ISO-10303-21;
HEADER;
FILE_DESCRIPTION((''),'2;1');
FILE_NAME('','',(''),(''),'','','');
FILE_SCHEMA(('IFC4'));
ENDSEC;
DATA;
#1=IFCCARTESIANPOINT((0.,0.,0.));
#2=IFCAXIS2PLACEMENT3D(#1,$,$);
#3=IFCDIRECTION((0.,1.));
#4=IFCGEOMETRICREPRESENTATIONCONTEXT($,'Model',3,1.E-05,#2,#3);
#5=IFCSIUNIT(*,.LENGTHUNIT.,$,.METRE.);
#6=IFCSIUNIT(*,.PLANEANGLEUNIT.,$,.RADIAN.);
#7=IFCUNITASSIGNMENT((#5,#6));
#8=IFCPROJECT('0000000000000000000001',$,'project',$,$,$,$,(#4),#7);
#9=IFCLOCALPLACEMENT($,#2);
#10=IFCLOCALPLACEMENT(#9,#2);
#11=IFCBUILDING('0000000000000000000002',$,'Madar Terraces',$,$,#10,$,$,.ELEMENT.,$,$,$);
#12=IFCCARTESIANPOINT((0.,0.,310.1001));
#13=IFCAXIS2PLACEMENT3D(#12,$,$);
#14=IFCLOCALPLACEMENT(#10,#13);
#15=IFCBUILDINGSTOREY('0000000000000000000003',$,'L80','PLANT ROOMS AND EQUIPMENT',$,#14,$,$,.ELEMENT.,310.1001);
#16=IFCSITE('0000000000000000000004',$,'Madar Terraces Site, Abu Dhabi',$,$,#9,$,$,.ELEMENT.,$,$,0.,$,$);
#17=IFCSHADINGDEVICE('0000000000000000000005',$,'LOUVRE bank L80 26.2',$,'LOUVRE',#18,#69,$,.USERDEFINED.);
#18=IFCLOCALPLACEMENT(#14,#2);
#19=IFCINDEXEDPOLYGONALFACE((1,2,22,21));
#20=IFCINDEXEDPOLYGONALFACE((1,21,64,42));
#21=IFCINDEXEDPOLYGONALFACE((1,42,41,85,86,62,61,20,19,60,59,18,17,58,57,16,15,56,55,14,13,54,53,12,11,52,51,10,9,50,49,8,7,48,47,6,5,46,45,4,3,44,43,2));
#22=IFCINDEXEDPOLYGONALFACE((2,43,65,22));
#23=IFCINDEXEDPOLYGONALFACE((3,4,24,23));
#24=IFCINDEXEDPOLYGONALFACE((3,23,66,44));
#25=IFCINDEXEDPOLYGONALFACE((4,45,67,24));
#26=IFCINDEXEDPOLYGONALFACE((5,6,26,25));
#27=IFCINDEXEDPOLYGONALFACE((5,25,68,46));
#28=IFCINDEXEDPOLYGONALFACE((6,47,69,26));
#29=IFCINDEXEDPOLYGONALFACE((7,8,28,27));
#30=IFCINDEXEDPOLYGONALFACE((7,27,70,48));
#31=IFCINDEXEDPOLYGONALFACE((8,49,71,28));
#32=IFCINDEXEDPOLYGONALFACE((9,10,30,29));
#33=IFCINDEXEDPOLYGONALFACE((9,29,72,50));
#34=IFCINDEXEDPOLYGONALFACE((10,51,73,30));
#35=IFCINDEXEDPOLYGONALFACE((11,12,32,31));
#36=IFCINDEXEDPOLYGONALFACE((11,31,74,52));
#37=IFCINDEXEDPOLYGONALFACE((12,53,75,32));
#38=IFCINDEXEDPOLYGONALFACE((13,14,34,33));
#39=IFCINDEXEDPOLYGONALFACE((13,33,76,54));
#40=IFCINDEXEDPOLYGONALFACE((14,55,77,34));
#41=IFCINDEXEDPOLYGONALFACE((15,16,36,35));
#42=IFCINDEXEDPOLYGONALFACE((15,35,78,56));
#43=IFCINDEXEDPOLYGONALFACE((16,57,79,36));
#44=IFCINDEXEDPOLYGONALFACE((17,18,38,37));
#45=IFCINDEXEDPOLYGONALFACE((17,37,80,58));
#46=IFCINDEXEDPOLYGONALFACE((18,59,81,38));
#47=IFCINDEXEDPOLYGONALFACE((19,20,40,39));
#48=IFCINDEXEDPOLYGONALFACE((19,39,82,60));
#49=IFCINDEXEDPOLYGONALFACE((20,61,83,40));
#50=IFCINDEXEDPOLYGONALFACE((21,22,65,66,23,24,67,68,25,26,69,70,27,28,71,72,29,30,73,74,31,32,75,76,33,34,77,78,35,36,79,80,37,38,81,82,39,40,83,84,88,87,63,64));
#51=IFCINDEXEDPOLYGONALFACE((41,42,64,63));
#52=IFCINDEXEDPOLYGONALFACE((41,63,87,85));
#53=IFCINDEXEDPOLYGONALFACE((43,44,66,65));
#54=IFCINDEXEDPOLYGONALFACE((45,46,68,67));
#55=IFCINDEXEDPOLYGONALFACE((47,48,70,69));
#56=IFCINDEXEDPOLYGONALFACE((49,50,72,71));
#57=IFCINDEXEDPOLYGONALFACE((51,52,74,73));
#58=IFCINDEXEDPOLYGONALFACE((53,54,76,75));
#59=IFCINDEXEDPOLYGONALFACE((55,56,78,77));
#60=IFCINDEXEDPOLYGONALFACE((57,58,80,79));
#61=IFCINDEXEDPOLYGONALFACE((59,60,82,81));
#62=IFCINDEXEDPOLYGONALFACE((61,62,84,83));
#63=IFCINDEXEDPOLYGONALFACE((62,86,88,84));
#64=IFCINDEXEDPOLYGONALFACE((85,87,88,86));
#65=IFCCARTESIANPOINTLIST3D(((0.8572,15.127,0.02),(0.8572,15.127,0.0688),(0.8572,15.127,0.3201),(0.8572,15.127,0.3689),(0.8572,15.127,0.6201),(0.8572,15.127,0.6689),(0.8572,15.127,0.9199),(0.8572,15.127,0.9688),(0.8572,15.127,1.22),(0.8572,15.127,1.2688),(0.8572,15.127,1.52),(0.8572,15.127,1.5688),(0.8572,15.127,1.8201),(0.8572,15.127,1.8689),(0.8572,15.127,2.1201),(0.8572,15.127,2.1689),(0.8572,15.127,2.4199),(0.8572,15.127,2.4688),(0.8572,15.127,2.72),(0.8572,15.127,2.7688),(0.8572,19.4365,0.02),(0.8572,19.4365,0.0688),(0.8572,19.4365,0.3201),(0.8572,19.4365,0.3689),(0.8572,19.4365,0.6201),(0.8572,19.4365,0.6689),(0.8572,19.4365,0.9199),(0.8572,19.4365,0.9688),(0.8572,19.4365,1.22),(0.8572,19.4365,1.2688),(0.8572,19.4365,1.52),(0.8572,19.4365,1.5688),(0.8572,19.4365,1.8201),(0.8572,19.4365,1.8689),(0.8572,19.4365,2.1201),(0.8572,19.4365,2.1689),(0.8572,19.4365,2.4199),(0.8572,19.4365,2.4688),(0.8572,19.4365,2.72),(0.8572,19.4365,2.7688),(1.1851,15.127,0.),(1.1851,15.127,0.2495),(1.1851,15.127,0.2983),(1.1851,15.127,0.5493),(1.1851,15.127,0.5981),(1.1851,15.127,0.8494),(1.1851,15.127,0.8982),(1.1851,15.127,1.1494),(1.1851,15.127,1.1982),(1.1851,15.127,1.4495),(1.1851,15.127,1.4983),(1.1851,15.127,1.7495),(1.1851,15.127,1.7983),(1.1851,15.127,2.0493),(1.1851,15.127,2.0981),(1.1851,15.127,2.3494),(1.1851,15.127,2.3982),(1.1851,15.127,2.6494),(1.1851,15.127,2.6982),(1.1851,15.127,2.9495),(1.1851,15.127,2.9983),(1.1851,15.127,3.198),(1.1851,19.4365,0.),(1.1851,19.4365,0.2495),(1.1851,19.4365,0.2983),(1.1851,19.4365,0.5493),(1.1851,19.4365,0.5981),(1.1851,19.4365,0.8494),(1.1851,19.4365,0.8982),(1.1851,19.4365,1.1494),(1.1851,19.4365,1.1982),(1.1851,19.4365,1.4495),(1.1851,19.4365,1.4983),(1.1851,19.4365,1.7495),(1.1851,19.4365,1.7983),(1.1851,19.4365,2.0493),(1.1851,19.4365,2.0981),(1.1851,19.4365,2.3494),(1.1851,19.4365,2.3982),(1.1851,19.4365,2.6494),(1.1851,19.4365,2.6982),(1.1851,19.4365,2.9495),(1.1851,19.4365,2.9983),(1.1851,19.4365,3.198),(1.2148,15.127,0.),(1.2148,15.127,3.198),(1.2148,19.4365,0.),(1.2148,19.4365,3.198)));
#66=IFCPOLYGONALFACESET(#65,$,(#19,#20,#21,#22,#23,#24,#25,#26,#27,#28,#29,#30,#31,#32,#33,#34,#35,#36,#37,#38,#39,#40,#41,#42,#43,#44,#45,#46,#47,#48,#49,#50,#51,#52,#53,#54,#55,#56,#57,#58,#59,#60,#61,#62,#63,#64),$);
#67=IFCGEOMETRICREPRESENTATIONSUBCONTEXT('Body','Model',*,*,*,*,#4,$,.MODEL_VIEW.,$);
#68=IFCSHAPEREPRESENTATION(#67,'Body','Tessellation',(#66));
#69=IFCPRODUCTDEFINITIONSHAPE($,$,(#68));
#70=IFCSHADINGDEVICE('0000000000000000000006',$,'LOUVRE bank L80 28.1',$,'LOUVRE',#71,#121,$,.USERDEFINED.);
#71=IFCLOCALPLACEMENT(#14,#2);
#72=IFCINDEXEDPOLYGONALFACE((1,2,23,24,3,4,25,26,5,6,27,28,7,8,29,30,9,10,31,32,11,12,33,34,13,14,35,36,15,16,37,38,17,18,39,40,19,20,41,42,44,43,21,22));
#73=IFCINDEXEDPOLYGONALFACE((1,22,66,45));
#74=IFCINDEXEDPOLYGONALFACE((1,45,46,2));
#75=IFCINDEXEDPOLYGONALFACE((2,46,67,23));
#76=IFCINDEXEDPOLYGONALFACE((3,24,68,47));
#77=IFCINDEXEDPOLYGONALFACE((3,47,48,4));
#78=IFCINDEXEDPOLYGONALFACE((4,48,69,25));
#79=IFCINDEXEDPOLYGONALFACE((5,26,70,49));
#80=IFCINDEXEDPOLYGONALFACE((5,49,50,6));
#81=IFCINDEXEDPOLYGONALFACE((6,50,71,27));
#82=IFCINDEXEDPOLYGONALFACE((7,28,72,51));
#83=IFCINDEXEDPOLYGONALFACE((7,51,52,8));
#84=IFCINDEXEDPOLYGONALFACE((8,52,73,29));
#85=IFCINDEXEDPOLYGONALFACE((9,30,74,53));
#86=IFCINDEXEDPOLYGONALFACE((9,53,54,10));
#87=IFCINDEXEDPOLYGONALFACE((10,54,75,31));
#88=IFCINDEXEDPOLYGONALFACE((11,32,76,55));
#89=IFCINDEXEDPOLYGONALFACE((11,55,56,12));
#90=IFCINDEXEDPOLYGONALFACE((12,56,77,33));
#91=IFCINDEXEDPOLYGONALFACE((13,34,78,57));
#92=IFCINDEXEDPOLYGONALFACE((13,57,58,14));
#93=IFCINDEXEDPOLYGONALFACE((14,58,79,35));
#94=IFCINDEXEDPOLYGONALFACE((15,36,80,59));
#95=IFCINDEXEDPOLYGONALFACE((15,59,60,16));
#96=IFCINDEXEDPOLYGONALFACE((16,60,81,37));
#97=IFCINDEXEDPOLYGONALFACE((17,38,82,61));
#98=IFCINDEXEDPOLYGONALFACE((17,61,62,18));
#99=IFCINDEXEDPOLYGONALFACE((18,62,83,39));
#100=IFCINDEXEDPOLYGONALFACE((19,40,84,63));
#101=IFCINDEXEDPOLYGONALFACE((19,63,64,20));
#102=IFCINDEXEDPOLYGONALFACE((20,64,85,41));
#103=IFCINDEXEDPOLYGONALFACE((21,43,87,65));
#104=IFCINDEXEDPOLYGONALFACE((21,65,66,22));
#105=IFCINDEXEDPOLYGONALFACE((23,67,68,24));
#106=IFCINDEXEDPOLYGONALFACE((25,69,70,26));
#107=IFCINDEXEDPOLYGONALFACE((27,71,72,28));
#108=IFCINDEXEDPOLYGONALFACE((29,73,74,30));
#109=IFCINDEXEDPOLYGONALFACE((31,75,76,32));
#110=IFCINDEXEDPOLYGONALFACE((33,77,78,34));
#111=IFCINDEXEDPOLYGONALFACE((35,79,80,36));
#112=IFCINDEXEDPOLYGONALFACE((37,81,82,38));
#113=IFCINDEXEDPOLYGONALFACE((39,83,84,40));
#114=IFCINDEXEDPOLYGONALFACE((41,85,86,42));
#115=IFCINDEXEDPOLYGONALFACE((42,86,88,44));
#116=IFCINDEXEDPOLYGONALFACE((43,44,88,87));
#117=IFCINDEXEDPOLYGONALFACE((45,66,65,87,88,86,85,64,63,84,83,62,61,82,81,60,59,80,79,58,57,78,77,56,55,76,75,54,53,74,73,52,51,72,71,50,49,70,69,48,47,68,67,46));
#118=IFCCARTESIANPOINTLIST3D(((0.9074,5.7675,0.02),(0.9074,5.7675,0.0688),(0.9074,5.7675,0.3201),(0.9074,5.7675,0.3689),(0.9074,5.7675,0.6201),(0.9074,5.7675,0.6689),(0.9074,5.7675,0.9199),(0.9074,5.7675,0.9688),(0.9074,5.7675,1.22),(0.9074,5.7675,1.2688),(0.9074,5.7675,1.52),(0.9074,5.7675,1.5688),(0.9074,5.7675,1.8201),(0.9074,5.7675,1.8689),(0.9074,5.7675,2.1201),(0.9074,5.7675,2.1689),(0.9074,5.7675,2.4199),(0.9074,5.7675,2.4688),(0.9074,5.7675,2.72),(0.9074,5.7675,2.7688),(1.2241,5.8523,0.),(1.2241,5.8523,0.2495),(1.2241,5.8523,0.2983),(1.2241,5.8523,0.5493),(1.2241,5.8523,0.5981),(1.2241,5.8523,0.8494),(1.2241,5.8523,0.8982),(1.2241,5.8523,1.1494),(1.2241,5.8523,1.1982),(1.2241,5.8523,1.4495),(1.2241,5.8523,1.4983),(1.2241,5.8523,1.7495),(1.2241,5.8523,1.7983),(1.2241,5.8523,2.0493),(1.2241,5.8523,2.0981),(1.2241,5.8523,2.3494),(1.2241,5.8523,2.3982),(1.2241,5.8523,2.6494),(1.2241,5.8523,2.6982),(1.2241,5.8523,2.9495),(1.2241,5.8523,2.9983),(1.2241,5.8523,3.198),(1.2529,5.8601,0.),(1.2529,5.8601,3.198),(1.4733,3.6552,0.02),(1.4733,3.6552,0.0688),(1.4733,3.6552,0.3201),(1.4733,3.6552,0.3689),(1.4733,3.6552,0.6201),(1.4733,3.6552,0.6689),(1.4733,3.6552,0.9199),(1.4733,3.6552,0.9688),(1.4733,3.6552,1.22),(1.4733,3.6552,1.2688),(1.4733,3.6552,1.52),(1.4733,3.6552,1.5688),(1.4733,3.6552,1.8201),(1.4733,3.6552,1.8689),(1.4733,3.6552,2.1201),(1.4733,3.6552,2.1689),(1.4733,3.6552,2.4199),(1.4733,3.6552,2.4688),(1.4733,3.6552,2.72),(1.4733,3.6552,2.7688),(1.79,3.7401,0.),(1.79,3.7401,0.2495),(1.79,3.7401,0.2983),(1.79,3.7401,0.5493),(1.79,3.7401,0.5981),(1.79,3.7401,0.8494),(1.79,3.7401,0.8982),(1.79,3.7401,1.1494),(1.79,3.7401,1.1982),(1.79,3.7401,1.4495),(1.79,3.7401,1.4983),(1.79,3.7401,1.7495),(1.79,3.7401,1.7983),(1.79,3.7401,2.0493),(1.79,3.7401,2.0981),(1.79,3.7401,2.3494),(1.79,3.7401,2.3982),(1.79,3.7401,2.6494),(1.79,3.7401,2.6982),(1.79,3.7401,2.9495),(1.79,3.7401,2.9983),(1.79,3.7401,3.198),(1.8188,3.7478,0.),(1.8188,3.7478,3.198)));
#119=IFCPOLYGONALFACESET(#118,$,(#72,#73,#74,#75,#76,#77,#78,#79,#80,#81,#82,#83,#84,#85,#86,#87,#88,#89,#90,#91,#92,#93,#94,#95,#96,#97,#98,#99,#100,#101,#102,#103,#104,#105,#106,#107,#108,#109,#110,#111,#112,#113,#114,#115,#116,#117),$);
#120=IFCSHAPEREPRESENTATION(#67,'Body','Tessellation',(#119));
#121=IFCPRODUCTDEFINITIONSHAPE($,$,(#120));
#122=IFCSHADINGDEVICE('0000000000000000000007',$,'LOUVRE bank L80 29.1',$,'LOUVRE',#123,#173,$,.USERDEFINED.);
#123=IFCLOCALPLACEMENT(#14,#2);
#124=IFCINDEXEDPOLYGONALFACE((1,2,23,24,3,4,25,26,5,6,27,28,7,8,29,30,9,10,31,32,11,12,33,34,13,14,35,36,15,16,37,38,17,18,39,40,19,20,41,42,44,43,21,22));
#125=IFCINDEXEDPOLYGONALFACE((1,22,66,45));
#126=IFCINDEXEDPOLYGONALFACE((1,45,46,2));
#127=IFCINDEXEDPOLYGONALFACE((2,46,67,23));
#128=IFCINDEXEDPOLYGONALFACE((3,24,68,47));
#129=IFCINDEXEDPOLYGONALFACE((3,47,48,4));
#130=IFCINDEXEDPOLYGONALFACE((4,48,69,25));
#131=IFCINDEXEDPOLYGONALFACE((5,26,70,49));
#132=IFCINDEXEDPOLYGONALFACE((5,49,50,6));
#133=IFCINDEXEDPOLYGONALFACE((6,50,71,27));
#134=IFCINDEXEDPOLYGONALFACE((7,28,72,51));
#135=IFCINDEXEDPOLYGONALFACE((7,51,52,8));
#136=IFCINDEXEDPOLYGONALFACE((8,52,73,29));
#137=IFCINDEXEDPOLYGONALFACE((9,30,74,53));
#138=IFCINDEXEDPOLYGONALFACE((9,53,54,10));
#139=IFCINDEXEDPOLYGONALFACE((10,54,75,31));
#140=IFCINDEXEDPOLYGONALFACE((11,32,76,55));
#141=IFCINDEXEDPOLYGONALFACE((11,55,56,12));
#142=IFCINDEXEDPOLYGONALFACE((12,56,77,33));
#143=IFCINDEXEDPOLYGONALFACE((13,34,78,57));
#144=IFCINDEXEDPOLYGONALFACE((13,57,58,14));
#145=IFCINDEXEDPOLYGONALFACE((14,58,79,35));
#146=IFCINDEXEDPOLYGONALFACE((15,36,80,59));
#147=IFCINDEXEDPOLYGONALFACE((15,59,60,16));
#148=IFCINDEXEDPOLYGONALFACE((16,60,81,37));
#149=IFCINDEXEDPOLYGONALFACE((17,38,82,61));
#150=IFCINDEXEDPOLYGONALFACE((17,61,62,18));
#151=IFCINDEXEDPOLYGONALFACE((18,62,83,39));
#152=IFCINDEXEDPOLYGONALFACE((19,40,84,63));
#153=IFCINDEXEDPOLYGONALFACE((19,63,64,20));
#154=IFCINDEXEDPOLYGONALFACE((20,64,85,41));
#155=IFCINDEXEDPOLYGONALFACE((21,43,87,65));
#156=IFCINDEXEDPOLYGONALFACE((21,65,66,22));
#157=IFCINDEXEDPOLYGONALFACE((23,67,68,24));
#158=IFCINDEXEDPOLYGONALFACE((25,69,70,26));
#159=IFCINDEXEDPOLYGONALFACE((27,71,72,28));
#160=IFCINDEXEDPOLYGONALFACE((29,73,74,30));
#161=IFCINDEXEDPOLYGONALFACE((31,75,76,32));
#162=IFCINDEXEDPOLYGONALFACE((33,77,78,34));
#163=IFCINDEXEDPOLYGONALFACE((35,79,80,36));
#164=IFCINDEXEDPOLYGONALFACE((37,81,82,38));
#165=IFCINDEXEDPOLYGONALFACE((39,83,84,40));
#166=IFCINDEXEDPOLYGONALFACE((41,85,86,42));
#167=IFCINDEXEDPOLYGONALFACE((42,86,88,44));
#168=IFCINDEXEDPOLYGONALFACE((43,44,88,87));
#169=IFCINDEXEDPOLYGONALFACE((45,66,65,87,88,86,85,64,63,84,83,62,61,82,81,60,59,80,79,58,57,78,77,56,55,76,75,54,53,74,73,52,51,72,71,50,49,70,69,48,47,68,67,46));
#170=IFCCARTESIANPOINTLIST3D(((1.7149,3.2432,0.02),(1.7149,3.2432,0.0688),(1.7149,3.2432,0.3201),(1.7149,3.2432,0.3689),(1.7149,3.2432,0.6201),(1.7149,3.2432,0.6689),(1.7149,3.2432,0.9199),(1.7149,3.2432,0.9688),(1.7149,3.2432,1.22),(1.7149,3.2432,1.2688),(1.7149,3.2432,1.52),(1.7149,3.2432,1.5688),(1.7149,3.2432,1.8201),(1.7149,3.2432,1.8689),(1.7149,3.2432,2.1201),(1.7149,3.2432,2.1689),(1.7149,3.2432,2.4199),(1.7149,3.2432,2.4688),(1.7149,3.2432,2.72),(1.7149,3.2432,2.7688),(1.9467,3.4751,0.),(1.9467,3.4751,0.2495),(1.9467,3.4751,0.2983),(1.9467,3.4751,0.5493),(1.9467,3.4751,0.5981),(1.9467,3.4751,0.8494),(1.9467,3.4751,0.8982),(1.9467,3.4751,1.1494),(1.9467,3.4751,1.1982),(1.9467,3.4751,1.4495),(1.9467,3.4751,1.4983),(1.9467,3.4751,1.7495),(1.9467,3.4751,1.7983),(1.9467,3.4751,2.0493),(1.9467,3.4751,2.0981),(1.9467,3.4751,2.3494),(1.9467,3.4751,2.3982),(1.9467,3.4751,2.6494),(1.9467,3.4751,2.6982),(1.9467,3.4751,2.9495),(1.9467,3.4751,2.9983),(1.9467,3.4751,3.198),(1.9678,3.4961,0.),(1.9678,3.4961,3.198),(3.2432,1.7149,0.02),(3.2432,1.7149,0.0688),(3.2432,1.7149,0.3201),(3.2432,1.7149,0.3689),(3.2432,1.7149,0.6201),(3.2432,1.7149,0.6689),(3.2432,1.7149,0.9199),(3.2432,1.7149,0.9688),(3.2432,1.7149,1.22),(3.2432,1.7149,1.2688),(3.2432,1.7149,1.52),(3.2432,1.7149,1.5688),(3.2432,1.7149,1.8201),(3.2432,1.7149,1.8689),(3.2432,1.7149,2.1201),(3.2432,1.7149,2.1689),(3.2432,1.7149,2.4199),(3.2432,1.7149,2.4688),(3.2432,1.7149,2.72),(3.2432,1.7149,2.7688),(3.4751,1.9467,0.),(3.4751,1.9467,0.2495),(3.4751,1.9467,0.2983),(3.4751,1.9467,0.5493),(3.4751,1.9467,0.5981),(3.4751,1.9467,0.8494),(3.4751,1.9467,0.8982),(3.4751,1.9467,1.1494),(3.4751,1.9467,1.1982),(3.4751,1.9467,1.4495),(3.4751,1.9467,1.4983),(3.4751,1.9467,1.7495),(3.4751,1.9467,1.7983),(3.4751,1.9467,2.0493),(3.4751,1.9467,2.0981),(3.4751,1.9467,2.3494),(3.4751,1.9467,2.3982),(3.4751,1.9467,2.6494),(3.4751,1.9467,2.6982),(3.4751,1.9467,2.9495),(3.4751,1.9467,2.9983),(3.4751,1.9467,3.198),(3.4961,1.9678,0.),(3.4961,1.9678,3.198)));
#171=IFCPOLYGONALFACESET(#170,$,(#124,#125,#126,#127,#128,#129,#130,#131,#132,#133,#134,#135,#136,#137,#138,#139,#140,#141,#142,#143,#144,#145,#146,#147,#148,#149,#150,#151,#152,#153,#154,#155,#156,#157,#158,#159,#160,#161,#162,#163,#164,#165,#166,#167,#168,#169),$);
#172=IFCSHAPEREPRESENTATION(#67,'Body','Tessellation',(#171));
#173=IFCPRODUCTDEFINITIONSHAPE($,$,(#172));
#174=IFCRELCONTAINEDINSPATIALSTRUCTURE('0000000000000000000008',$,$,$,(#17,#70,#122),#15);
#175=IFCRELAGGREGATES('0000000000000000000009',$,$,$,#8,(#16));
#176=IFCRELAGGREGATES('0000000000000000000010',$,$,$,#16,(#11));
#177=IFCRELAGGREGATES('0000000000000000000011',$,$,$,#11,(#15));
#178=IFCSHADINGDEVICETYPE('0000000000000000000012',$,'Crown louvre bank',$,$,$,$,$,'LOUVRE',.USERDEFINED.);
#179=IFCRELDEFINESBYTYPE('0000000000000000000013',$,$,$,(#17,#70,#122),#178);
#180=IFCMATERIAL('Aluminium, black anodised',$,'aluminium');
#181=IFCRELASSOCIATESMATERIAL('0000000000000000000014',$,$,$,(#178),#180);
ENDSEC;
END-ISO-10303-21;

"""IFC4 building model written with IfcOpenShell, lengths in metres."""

from ifc_helpers import new_model, si_unit, direction, frame, origin, place, context, subcontext, project, spatial, polyline, outline, extrude, material, type_object, element, save


model = new_model("IFC4")

# Units and contexts
model_context = context("Model", 3, precision=1e-05, world=origin(), true_north=direction((0.0, 1.0)))
body_context = subcontext(model_context, "Body", "Model", "MODEL_VIEW")
ifc_project = project(units=[si_unit("LENGTHUNIT", "METRE"), si_unit("PLANEANGLEUNIT", "RADIAN")], contexts=[model_context])

# Site, building, storey
site_placement = place(None, origin())
site = spatial("IfcSite", under=ifc_project, at=site_placement, Name="Madar Terraces Site, Abu Dhabi", CompositionType="ELEMENT", RefElevation=0.0)
building_placement = place(site_placement, origin())
building = spatial("IfcBuilding", under=site, at=building_placement, Name="Madar Terraces", CompositionType="ELEMENT")
storey_placement = place(building_placement, frame((0.0, 0.0, 310.1001)))
storey = spatial("IfcBuildingStorey", under=building, at=storey_placement, Name="L80", Description="PLANT ROOMS AND EQUIPMENT", CompositionType="ELEMENT", Elevation=310.1001)

# Shading devices
ifc_material_1 = material(Name="Aluminium, black anodised", Category="aluminium")
shading_device_type = type_object("IfcShadingDeviceType", Name="Crown louvre bank", ElementType="LOUVRE", PredefinedType="USERDEFINED", material=ifc_material_1)
shading_device_1_placement = place(storey_placement, frame((1.2, 19.4365, 0.0), z_axis=(0.0, -1.0, 0.0), x_axis=(1.0, 0.0, 0.0)))
element("IfcShadingDevice", 1, at=shading_device_1_placement, inside=storey, type_object=shading_device_type, Name="LOUVRE bank L80 26.2", ObjectType="LOUVRE", PredefinedType="USERDEFINED", context=body_context, shape_type="SweptSolid", body=[
    extrude(outline(polyline([(0.0149, 0.0), (-0.0149, 0.0), (-0.0149, 0.2495), (-0.3428, 0.02), (-0.3428, 0.0688), (-0.0149, 0.2983), (-0.0149, 0.5493), (-0.3428, 0.3201), (-0.3428, 0.3689), (-0.0149, 0.5981), (-0.0149, 0.8494), (-0.3428, 0.6201), (-0.3428, 0.6689), (-0.0149, 0.8982), (-0.0149, 1.1494), (-0.3428, 0.9199), (-0.3428, 0.9688), (-0.0149, 1.1982), (-0.0149, 1.4495), (-0.3428, 1.22), (-0.3428, 1.2688), (-0.0149, 1.4983), (-0.0149, 1.7495), (-0.3428, 1.52), (-0.3428, 1.5688), (-0.0149, 1.7983), (-0.0149, 2.0493), (-0.3428, 1.8201), (-0.3428, 1.8689), (-0.0149, 2.0981), (-0.0149, 2.3494), (-0.3428, 2.1201), (-0.3428, 2.1689), (-0.0149, 2.3982), (-0.0149, 2.6494), (-0.3428, 2.4199), (-0.3428, 2.4688), (-0.0149, 2.6982), (-0.0149, 2.9495), (-0.3428, 2.72), (-0.3428, 2.7688), (-0.0149, 2.9983), (-0.0149, 3.198), (0.0149, 3.198), (0.0149, 0.0)])), origin(), (0.0, 0.0, 1.0), 4.3096),
])
shading_device_2_placement = place(storey_placement, frame((1.2385, 5.8562, 0.0), z_axis=(0.258788, -0.965934, 0.0), x_axis=(0.965934, 0.258788, 0.0)))
element("IfcShadingDevice", 2, at=shading_device_2_placement, inside=storey, type_object=shading_device_type, Name="LOUVRE bank L80 28.1", ObjectType="LOUVRE", PredefinedType="USERDEFINED", context=body_context, shape_type="SweptSolid", body=[
    extrude(outline(polyline([(0.0149, 0.0), (-0.0149, 0.0), (-0.0149, 0.2495), (-0.3428, 0.02), (-0.3428, 0.0688), (-0.0149, 0.2983), (-0.0149, 0.5493), (-0.3428, 0.3201), (-0.3428, 0.3689), (-0.0149, 0.5981), (-0.0149, 0.8494), (-0.3428, 0.6201), (-0.3428, 0.6689), (-0.0149, 0.8982), (-0.0149, 1.1494), (-0.3428, 0.9199), (-0.3428, 0.9688), (-0.0149, 1.1982), (-0.0149, 1.4495), (-0.3428, 1.22), (-0.3428, 1.2688), (-0.0149, 1.4983), (-0.0149, 1.7495), (-0.3428, 1.52), (-0.3428, 1.5688), (-0.0149, 1.7983), (-0.0149, 2.0493), (-0.3428, 1.8201), (-0.3428, 1.8689), (-0.0149, 2.0981), (-0.0149, 2.3494), (-0.3428, 2.1201), (-0.3428, 2.1689), (-0.0149, 2.3982), (-0.0149, 2.6494), (-0.3428, 2.4199), (-0.3428, 2.4688), (-0.0149, 2.6982), (-0.0149, 2.9495), (-0.3428, 2.72), (-0.3428, 2.7688), (-0.0149, 2.9983), (-0.0149, 3.198), (0.0149, 3.198), (0.0149, 0.0)])), origin(), (0.0, 0.0, 1.0), 2.1868),
])
shading_device_3_placement = place(storey_placement, frame((1.9573, 3.4856, 0.0), z_axis=(0.707107, -0.707107, 0.0), x_axis=(0.707107, 0.707107, 0.0)))
element("IfcShadingDevice", 3, at=shading_device_3_placement, inside=storey, type_object=shading_device_type, Name="LOUVRE bank L80 29.1", ObjectType="LOUVRE", PredefinedType="USERDEFINED", context=body_context, shape_type="SweptSolid", body=[
    extrude(outline(polyline([(0.0149, 0.0), (-0.0149, 0.0), (-0.0149, 0.2495), (-0.3428, 0.02), (-0.3428, 0.0688), (-0.0149, 0.2983), (-0.0149, 0.5493), (-0.3428, 0.3201), (-0.3428, 0.3689), (-0.0149, 0.5981), (-0.0149, 0.8494), (-0.3428, 0.6201), (-0.3428, 0.6689), (-0.0149, 0.8982), (-0.0149, 1.1494), (-0.3428, 0.9199), (-0.3428, 0.9688), (-0.0149, 1.1982), (-0.0149, 1.4495), (-0.3428, 1.22), (-0.3428, 1.2688), (-0.0149, 1.4983), (-0.0149, 1.7495), (-0.3428, 1.52), (-0.3428, 1.5688), (-0.0149, 1.7983), (-0.0149, 2.0493), (-0.3428, 1.8201), (-0.3428, 1.8689), (-0.0149, 2.0981), (-0.0149, 2.3494), (-0.3428, 2.1201), (-0.3428, 2.1689), (-0.0149, 2.3982), (-0.0149, 2.6494), (-0.3428, 2.4199), (-0.3428, 2.4688), (-0.0149, 2.6982), (-0.0149, 2.9495), (-0.3428, 2.72), (-0.3428, 2.7688), (-0.0149, 2.9983), (-0.0149, 3.198), (0.0149, 3.198), (0.0149, 0.0)])), origin(), (0.0, 0.0, 1.0), 2.1614),
])

save(model, "model.ifc")
